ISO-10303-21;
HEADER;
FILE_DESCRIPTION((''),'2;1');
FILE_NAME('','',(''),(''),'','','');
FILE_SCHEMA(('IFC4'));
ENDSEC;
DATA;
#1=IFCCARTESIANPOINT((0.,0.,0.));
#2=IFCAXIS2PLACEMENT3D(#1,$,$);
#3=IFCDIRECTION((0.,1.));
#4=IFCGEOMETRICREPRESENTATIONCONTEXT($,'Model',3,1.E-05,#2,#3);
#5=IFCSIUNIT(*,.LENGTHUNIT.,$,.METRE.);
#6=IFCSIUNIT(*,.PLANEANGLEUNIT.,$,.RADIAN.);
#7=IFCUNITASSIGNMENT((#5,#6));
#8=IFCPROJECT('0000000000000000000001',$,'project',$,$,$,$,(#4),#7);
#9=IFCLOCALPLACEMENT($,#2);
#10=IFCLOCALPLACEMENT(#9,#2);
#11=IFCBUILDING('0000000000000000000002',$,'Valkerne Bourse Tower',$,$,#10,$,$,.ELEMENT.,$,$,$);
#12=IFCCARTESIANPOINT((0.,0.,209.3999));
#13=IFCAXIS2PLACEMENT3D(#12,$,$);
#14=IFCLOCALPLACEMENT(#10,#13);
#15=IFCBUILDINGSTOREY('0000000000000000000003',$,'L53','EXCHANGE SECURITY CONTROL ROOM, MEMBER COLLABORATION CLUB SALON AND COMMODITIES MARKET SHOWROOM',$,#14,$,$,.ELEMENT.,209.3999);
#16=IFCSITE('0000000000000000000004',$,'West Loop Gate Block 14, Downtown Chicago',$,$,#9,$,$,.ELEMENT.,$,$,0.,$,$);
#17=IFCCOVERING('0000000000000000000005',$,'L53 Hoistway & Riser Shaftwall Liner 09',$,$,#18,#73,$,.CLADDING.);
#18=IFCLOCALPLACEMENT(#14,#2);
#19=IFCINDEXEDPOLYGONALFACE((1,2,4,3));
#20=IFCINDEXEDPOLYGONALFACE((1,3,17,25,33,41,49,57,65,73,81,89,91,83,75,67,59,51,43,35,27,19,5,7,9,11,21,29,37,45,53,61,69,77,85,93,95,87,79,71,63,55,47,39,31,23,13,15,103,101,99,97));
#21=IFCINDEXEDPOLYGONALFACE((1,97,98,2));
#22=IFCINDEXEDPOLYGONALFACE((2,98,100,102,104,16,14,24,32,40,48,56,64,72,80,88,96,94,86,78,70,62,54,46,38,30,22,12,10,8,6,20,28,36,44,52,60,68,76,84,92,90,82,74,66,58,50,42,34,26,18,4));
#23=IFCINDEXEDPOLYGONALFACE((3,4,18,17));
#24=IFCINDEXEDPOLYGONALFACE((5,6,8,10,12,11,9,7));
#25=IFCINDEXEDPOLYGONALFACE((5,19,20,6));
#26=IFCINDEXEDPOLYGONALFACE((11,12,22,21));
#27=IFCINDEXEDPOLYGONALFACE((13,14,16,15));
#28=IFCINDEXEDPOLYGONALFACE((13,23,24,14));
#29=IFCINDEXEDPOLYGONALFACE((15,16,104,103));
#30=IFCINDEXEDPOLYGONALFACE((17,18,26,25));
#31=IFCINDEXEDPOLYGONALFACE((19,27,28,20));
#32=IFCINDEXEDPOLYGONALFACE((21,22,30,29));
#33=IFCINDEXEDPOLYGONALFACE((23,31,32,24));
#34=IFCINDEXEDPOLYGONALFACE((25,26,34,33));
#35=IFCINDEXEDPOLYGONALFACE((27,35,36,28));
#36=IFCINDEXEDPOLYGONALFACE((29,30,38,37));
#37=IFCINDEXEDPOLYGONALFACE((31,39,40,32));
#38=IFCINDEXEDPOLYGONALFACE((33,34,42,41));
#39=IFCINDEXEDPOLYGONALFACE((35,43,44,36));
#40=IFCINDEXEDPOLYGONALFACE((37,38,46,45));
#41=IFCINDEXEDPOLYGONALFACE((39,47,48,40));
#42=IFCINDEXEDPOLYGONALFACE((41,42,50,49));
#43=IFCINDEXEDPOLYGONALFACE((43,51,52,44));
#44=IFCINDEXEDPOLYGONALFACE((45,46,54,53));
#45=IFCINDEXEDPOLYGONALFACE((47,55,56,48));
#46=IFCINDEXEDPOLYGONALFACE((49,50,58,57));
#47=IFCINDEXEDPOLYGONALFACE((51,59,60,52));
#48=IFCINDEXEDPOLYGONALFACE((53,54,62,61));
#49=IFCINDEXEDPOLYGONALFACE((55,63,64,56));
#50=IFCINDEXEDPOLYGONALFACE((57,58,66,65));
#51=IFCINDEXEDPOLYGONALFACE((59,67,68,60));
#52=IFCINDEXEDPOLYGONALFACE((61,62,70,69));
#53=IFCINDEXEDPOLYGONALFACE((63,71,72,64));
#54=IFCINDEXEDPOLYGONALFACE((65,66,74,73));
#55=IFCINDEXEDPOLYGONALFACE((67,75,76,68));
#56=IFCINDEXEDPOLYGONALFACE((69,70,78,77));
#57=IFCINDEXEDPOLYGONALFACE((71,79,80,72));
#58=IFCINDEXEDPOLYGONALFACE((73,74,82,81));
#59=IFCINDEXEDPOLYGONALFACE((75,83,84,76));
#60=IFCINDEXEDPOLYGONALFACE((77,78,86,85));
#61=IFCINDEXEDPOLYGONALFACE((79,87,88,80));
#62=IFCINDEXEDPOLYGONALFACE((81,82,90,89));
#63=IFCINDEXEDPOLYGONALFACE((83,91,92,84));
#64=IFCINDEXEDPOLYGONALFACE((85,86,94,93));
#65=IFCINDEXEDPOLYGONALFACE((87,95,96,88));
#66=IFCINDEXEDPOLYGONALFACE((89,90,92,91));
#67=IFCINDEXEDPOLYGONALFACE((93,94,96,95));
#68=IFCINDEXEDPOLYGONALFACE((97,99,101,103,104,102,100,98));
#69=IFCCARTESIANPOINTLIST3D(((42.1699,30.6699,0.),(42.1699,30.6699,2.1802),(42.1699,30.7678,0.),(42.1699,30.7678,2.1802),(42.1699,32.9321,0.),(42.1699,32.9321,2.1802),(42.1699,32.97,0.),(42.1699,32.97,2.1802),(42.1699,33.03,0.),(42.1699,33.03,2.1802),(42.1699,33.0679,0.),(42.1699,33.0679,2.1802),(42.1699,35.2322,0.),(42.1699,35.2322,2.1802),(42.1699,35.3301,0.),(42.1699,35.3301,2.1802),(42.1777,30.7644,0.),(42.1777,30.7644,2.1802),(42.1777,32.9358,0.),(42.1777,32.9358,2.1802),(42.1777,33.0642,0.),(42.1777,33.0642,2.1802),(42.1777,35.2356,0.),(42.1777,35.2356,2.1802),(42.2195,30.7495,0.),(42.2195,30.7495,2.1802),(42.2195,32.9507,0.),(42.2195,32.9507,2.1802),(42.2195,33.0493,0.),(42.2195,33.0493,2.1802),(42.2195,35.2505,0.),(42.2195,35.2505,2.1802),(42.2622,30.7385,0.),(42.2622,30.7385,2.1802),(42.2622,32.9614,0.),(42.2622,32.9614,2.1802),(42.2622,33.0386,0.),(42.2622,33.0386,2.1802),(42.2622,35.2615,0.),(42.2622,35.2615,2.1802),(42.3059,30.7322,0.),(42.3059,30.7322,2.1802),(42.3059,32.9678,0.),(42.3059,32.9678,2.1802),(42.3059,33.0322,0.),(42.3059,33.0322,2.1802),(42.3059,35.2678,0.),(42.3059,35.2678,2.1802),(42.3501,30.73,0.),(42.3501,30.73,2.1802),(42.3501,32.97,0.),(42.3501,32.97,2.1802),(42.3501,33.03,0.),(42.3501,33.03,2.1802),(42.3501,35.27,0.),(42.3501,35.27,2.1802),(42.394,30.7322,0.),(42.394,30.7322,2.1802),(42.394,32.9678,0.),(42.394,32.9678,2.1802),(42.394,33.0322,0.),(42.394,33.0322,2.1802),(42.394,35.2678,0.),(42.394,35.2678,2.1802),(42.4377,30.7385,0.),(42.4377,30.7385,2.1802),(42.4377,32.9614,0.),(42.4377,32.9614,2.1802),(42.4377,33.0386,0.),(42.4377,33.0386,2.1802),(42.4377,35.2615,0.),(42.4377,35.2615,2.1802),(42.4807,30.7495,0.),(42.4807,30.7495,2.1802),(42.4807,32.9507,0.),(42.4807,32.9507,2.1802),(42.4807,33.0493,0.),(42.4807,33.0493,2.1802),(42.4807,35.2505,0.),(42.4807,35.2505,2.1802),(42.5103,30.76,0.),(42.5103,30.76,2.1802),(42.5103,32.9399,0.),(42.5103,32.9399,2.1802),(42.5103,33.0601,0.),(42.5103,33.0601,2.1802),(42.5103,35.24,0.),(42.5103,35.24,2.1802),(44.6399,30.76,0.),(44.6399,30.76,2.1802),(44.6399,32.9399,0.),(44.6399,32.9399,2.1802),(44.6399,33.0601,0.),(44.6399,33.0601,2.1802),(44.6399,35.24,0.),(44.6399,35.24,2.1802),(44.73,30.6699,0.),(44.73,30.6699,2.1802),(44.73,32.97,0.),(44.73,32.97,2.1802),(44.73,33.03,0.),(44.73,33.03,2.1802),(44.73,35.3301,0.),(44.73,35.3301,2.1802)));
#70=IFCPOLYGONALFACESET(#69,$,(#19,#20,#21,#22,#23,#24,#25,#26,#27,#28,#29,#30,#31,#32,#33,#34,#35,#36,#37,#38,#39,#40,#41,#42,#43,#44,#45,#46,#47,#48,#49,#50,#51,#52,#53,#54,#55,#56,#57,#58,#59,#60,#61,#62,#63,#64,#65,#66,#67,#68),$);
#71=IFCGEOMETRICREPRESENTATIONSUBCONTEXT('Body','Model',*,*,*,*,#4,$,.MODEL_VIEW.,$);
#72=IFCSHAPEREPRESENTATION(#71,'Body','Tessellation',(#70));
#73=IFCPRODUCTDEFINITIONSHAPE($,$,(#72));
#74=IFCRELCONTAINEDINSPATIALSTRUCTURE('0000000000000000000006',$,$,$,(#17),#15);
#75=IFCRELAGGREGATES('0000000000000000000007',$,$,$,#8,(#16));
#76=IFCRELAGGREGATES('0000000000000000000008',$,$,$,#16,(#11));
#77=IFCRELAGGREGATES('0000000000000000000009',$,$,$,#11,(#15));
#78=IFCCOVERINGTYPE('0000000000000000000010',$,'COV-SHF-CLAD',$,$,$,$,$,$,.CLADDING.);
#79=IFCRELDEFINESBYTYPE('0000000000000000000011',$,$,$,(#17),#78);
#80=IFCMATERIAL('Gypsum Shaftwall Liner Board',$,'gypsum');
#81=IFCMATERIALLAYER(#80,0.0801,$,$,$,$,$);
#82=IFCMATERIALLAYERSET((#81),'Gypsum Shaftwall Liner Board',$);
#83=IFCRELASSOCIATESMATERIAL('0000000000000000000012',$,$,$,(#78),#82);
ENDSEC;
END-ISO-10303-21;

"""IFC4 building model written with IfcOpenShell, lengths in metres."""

from ifc_helpers import new_model, si_unit, direction, frame, origin, place, context, subcontext, project, spatial, polyline, outline, extrude, material, layer, layer_set, type_object, element, save


model = new_model("IFC4")

# Units and contexts
model_context = context("Model", 3, precision=1e-05, world=origin(), true_north=direction((0.0, 1.0)))
body_context = subcontext(model_context, "Body", "Model", "MODEL_VIEW")
ifc_project = project(units=[si_unit("LENGTHUNIT", "METRE"), si_unit("PLANEANGLEUNIT", "RADIAN")], contexts=[model_context])

# Site, building, storey
site_placement = place(None, origin())
site = spatial("IfcSite", under=ifc_project, at=site_placement, Name="West Loop Gate Block 14, Downtown Chicago", CompositionType="ELEMENT", RefElevation=0.0)
building_placement = place(site_placement, origin())
building = spatial("IfcBuilding", under=site, at=building_placement, Name="Valkerne Bourse Tower", CompositionType="ELEMENT")
storey_placement = place(building_placement, frame((0.0, 0.0, 209.3999)))
storey = spatial("IfcBuildingStorey", under=building, at=storey_placement, Name="L53", Description="EXCHANGE SECURITY CONTROL ROOM, MEMBER COLLABORATION CLUB SALON AND COMMODITIES MARKET SHOWROOM", CompositionType="ELEMENT", Elevation=209.3999)

# Covering
ifc_material_1 = material(Name="Gypsum Shaftwall Liner Board", Category="gypsum")
ifc_layer_1 = layer(ifc_material_1, 0.0801)
ifc_layer_set_1 = layer_set([ifc_layer_1], Name="Gypsum Shaftwall Liner Board")
covering_type_1 = type_object("IfcCoveringType", Name="COV-SHF-CLAD", PredefinedType="CLADDING", material=ifc_layer_set_1)
covering_1_placement = place(storey_placement, origin())
element("IfcCovering", 1, at=covering_1_placement, inside=storey, type_object=covering_type_1, Name="L53 Hoistway & Riser Shaftwall Liner 09", PredefinedType="CLADDING", context=body_context, shape_type="SweptSolid", body=[
    extrude(outline(polyline([(42.1699, 33.0679), (42.1777, 33.0642), (42.2195, 33.0493), (42.2622, 33.0386), (42.3059, 33.0322), (42.3501, 33.03), (42.394, 33.0322), (42.4377, 33.0386), (42.4807, 33.0493), (42.5103, 33.0601), (44.6399, 33.0601), (44.6399, 35.24), (42.5103, 35.24), (42.4807, 35.2505), (42.4377, 35.2615), (42.394, 35.2678), (42.3501, 35.27), (42.3059, 35.2678), (42.2622, 35.2615), (42.2195, 35.2505), (42.1777, 35.2356), (42.1699, 35.2322), (42.1699, 35.3301), (44.73, 35.3301), (44.73, 33.03), (44.73, 32.97), (44.73, 30.6699), (42.1699, 30.6699), (42.1699, 30.7678), (42.1777, 30.7644), (42.2195, 30.7495), (42.2622, 30.7385), (42.3059, 30.7322), (42.3501, 30.73), (42.394, 30.7322), (42.4377, 30.7385), (42.4807, 30.7495), (42.5103, 30.76), (44.6399, 30.76), (44.6399, 32.9399), (42.5103, 32.9399), (42.4807, 32.9507), (42.4377, 32.9614), (42.394, 32.9678), (42.3501, 32.97), (42.3059, 32.9678), (42.2622, 32.9614), (42.2195, 32.9507), (42.1777, 32.9358), (42.1699, 32.9321), (42.1699, 32.97), (42.1699, 33.03), (42.1699, 33.0679)])), origin(), (0.0, 0.0, 1.0), 2.1802),
])

save(model, "model.ifc")
